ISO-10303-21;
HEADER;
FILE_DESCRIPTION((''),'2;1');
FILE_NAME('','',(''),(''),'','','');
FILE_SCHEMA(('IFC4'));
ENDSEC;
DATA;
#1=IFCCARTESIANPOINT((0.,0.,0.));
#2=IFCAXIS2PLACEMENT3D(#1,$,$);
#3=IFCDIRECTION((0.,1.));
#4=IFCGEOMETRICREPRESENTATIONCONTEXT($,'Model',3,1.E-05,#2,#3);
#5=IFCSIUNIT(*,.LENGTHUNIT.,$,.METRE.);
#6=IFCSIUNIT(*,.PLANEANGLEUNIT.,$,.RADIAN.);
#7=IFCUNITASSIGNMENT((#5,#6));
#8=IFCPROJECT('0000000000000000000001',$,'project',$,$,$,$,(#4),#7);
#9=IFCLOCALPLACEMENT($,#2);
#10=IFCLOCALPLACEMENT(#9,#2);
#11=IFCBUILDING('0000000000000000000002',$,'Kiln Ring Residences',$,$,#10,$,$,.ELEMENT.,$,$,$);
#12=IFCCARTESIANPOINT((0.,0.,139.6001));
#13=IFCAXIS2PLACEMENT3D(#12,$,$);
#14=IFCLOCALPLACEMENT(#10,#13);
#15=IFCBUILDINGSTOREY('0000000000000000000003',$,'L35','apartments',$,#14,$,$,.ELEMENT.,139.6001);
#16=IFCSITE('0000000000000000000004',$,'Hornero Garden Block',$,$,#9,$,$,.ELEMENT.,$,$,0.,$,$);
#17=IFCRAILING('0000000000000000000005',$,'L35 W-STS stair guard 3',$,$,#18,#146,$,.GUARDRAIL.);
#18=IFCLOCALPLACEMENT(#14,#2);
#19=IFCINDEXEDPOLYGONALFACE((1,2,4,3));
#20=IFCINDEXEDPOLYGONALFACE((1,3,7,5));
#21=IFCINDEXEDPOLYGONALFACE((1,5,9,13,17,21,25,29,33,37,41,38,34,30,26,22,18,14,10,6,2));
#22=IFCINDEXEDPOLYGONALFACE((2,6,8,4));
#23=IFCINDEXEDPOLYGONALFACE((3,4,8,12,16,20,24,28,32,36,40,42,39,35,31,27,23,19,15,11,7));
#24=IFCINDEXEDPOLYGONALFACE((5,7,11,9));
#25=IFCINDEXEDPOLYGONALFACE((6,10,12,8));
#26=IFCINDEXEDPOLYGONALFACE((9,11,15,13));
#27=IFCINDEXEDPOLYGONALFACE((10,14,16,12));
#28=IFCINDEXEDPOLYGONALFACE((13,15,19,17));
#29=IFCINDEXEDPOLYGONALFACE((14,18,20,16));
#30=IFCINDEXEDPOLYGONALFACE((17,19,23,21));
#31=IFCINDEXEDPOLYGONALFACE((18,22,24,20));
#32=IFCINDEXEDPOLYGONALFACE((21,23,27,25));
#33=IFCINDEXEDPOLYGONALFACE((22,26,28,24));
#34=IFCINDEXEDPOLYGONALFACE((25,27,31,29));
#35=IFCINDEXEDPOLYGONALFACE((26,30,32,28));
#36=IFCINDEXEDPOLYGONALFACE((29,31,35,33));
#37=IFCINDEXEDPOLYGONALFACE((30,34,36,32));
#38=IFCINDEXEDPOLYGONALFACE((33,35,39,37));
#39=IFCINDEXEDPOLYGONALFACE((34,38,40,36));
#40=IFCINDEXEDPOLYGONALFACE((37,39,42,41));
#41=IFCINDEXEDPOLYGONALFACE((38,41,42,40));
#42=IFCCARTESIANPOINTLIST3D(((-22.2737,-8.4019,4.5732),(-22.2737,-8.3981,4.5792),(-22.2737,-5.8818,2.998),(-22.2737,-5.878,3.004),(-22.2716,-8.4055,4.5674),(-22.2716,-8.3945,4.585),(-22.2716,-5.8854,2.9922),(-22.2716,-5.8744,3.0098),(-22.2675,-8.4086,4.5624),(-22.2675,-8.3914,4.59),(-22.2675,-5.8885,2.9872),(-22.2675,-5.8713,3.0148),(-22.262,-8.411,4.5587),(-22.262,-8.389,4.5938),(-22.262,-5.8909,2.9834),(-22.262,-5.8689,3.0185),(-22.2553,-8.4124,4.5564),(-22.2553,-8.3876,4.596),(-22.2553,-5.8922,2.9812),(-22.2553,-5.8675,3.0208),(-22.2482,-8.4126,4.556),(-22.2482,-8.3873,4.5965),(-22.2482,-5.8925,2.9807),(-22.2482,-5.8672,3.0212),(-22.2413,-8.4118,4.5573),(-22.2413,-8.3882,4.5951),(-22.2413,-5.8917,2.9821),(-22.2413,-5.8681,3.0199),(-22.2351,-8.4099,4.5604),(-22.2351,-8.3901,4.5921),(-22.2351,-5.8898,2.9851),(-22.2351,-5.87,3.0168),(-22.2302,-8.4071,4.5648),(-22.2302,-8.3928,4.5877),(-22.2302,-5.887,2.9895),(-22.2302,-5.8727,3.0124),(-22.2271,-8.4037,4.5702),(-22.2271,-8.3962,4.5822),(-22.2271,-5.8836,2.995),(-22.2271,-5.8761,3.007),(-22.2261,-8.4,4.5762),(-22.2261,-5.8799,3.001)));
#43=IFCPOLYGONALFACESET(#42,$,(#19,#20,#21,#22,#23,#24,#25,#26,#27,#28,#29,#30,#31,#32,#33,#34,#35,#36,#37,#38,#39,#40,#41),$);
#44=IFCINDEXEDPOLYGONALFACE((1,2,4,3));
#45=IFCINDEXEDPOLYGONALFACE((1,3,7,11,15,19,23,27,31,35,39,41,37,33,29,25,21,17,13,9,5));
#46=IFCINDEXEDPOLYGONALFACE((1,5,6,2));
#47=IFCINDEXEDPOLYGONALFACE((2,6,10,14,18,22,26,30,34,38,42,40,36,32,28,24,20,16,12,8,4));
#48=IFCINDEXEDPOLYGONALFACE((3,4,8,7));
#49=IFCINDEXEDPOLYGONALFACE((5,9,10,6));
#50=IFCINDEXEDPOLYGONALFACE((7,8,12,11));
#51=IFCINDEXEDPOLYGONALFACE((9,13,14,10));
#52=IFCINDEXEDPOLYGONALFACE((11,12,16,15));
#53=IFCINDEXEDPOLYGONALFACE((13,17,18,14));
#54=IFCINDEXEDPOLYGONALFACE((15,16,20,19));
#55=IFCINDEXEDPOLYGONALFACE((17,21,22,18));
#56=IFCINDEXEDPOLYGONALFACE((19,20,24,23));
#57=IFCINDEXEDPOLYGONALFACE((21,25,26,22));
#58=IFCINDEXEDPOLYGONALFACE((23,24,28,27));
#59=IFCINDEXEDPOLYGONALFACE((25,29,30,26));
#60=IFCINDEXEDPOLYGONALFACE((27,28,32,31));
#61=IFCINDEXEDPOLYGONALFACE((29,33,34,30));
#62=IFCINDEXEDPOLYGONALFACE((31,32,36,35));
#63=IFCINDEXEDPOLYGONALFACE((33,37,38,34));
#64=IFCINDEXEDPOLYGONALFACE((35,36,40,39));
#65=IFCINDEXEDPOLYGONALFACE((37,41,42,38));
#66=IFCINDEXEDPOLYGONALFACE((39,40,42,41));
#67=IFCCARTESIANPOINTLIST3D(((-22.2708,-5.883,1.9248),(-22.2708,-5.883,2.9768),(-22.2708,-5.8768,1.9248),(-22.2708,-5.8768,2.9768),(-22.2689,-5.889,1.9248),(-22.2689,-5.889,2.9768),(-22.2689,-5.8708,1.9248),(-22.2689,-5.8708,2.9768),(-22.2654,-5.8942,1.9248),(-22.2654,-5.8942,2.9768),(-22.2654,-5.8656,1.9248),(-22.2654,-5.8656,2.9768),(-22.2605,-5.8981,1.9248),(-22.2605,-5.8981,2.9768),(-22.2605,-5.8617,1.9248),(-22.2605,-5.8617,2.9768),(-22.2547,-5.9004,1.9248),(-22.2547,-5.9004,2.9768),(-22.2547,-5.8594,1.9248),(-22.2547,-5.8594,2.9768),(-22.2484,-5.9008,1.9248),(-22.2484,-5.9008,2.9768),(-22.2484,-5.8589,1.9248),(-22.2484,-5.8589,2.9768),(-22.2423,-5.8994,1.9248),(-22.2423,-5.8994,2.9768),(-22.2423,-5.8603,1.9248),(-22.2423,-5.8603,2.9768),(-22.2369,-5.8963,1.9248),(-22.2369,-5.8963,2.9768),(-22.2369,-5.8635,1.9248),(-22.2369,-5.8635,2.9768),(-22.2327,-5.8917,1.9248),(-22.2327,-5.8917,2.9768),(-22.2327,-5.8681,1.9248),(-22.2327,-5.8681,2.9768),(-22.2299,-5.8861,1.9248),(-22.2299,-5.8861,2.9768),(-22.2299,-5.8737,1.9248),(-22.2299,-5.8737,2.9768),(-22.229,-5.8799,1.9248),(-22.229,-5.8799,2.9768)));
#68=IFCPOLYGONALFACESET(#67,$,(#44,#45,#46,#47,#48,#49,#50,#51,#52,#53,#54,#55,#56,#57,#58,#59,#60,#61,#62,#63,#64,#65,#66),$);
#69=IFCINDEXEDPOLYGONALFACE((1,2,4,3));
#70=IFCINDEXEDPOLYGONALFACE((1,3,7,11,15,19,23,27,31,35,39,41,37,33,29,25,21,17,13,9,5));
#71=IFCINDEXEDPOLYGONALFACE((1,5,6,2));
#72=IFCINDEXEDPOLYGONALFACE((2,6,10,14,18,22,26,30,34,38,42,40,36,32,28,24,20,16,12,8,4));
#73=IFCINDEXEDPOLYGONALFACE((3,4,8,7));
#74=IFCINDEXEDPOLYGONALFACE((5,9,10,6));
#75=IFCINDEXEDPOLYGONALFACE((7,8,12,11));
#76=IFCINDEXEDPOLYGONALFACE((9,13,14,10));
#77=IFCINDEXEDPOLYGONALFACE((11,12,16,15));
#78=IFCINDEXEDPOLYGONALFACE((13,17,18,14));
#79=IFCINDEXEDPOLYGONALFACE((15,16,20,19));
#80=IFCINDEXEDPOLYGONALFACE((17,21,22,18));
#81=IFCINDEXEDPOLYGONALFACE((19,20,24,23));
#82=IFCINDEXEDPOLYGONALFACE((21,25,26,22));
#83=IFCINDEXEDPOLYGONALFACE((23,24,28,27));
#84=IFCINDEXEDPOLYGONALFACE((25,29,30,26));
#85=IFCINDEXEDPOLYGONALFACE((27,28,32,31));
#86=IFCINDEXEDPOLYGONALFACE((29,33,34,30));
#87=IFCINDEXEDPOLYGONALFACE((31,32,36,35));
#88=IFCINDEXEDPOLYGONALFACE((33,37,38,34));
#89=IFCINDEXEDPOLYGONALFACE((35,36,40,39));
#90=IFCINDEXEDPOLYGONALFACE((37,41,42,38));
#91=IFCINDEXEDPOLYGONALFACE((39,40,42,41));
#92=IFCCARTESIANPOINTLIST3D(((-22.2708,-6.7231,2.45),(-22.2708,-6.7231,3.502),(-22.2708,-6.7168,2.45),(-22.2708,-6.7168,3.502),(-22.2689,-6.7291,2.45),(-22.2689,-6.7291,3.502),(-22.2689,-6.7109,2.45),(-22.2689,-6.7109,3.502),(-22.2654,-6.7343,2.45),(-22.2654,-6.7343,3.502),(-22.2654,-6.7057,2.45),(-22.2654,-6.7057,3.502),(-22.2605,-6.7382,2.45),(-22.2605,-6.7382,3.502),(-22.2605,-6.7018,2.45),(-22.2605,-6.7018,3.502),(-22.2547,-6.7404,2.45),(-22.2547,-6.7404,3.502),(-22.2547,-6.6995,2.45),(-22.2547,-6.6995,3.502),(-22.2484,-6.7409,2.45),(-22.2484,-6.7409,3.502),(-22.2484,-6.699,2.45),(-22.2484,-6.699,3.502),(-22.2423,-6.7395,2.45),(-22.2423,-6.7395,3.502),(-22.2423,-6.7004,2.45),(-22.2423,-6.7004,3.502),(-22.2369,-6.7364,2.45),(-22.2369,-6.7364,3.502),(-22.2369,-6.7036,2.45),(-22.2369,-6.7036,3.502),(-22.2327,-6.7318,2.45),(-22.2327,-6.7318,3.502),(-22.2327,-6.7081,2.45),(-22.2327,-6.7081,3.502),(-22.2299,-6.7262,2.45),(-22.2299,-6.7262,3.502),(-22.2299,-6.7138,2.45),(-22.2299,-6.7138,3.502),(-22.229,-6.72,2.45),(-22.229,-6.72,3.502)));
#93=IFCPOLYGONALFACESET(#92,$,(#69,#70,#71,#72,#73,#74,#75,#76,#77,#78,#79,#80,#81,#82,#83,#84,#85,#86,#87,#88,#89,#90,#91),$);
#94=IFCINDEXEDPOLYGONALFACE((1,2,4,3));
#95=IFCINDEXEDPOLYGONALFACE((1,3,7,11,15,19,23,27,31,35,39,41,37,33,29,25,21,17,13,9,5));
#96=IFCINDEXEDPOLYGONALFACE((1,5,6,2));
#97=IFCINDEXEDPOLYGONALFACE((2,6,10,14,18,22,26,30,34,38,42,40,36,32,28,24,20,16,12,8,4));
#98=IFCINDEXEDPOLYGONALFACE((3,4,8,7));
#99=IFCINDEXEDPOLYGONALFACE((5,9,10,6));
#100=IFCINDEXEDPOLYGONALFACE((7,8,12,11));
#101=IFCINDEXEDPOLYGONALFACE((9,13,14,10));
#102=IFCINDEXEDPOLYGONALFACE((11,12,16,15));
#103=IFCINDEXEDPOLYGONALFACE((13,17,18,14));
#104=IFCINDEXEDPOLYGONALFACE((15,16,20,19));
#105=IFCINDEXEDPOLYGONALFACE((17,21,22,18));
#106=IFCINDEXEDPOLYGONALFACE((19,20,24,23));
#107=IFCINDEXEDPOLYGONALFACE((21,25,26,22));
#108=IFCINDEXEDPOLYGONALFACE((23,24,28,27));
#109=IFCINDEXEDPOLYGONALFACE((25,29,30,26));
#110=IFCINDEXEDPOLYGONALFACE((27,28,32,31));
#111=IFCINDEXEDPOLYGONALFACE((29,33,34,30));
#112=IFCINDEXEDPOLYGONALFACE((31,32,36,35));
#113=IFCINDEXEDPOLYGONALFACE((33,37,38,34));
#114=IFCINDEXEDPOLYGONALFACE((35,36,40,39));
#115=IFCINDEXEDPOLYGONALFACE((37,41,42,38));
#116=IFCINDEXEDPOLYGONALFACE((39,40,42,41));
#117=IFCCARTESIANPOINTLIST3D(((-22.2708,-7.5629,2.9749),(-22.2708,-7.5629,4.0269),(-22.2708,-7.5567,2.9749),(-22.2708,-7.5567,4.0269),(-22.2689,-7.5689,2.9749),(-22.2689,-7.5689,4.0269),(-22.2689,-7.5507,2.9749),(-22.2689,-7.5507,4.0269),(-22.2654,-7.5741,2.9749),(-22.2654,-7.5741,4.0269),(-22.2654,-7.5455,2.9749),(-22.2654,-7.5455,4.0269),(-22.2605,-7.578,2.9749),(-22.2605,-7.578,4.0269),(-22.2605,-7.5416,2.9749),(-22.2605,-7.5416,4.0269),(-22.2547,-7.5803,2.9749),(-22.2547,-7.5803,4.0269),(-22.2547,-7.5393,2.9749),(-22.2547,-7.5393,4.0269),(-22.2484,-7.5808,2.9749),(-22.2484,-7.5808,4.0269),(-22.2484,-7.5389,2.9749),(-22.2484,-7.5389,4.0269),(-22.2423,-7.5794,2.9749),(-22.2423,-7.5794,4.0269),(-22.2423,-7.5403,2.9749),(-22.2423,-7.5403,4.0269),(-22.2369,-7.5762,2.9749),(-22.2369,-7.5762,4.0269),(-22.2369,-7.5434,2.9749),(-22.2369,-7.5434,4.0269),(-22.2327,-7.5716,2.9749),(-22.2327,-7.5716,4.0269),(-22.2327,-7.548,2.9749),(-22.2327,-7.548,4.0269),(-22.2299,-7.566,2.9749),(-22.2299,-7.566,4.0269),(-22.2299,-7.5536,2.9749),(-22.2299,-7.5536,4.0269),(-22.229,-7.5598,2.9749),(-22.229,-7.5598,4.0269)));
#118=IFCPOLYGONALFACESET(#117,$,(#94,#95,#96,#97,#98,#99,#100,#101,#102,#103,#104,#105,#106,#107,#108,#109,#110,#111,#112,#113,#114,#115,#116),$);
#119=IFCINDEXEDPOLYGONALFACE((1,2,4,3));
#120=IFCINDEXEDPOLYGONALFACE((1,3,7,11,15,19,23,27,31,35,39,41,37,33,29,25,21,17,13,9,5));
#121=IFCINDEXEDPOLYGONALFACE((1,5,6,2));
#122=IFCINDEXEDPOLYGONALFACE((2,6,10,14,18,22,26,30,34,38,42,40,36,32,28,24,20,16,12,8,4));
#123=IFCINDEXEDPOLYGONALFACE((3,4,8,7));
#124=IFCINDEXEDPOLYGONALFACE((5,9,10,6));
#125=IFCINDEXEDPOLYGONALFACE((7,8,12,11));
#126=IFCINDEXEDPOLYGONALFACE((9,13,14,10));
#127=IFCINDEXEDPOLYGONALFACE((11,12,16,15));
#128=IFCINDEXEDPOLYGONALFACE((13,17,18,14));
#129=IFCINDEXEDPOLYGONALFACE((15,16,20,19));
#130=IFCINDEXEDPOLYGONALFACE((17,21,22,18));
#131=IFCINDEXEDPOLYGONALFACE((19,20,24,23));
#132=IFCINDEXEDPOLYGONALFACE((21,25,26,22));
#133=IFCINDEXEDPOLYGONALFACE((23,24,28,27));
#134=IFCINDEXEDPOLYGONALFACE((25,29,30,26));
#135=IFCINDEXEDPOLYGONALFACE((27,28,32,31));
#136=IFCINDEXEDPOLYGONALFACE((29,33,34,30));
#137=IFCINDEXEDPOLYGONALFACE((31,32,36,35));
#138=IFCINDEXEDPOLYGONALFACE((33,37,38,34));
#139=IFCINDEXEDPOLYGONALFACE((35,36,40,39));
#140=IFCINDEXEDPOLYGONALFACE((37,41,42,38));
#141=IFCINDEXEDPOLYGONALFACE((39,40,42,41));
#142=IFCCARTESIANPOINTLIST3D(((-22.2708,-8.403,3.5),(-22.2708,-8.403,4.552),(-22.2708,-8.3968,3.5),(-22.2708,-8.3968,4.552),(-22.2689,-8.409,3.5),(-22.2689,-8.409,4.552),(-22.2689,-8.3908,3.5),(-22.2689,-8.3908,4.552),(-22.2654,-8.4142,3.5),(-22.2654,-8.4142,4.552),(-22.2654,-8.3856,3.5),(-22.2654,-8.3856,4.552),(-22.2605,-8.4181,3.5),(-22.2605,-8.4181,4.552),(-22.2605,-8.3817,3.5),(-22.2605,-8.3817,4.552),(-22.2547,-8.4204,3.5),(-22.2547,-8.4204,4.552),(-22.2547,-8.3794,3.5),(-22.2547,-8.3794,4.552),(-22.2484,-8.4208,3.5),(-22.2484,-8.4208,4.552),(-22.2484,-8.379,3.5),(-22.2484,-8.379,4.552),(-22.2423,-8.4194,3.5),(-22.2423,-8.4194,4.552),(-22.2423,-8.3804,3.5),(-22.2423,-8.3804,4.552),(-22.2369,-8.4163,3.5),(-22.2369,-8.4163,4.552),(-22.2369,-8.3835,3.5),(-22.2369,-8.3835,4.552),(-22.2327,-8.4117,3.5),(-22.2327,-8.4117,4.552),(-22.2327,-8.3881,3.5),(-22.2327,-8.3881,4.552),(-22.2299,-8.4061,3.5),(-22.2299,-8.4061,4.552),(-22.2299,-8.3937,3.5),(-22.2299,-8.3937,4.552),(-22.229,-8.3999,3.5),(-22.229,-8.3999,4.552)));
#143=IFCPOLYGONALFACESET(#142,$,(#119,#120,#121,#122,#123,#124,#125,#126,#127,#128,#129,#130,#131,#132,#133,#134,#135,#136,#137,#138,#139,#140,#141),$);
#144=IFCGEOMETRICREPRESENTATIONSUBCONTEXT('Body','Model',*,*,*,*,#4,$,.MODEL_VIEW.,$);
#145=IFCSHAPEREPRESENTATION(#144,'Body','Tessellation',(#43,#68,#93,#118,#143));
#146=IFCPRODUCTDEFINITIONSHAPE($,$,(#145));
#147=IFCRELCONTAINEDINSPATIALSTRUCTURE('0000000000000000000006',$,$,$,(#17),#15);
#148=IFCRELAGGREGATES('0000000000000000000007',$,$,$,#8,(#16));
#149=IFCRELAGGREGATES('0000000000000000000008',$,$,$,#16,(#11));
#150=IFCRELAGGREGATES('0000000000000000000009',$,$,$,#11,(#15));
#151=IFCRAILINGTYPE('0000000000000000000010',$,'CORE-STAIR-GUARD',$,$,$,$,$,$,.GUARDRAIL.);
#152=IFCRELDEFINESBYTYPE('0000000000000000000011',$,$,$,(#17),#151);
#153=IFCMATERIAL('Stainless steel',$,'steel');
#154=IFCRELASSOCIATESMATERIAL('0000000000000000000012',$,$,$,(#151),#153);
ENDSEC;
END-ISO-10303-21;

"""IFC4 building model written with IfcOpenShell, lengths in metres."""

from ifc_helpers import new_model, si_unit, direction, frame, origin, origin_2d, place, context, subcontext, project, spatial, circle, extrude, material, type_object, element, save


model = new_model("IFC4")

# Units and contexts
model_context = context("Model", 3, precision=1e-05, world=origin(), true_north=direction((0.0, 1.0)))
body_context = subcontext(model_context, "Body", "Model", "MODEL_VIEW")
ifc_project = project(units=[si_unit("LENGTHUNIT", "METRE"), si_unit("PLANEANGLEUNIT", "RADIAN")], contexts=[model_context])

# Site, building, storey
site_placement = place(None, origin())
site = spatial("IfcSite", under=ifc_project, at=site_placement, Name="Hornero Garden Block", CompositionType="ELEMENT", RefElevation=0.0)
building_placement = place(site_placement, origin())
building = spatial("IfcBuilding", under=site, at=building_placement, Name="Kiln Ring Residences", CompositionType="ELEMENT")
storey_placement = place(building_placement, frame((0.0, 0.0, 139.6001)))
storey = spatial("IfcBuildingStorey", under=building, at=storey_placement, Name="L35", Description="apartments", CompositionType="ELEMENT", Elevation=139.6001)

# Railing
ifc_material_1 = material(Name="Stainless steel", Category="steel")
railing_type_1 = type_object("IfcRailingType", Name="CORE-STAIR-GUARD", PredefinedType="GUARDRAIL", material=ifc_material_1)
railing_1_placement = place(storey_placement, frame((-22.25, -5.8799, 1.9248)))
element("IfcRailing", 1, at=railing_1_placement, inside=storey, type_object=railing_type_1, Name="L35 W-STS stair guard 3", PredefinedType="GUARDRAIL", context=body_context, shape_type="SweptSolid", body=[
    extrude(circle(Radius=0.0239, at=origin_2d()), frame((0.0, 0.0, 1.0762), z_axis=(0.0, -0.847971, 0.530043), x_axis=(1.0, 0.0, 0.0)), (0.0, 0.0, 1.0), 2.9719),
    extrude(circle(Radius=0.021, at=origin_2d()), origin(), (0.0, 0.0, 1.0), 1.052),
    extrude(circle(Radius=0.021, at=origin_2d()), frame((0.0, -0.8401, 0.5251)), (0.0, 0.0, 1.0), 1.052),
    extrude(circle(Radius=0.021, at=origin_2d()), frame((0.0, -1.6799, 1.05)), (0.0, 0.0, 1.0), 1.052),
    extrude(circle(Radius=0.021, at=origin_2d()), frame((0.0, -2.52, 1.5752)), (0.0, 0.0, 1.0), 1.052),
])

save(model, "model.ifc")
